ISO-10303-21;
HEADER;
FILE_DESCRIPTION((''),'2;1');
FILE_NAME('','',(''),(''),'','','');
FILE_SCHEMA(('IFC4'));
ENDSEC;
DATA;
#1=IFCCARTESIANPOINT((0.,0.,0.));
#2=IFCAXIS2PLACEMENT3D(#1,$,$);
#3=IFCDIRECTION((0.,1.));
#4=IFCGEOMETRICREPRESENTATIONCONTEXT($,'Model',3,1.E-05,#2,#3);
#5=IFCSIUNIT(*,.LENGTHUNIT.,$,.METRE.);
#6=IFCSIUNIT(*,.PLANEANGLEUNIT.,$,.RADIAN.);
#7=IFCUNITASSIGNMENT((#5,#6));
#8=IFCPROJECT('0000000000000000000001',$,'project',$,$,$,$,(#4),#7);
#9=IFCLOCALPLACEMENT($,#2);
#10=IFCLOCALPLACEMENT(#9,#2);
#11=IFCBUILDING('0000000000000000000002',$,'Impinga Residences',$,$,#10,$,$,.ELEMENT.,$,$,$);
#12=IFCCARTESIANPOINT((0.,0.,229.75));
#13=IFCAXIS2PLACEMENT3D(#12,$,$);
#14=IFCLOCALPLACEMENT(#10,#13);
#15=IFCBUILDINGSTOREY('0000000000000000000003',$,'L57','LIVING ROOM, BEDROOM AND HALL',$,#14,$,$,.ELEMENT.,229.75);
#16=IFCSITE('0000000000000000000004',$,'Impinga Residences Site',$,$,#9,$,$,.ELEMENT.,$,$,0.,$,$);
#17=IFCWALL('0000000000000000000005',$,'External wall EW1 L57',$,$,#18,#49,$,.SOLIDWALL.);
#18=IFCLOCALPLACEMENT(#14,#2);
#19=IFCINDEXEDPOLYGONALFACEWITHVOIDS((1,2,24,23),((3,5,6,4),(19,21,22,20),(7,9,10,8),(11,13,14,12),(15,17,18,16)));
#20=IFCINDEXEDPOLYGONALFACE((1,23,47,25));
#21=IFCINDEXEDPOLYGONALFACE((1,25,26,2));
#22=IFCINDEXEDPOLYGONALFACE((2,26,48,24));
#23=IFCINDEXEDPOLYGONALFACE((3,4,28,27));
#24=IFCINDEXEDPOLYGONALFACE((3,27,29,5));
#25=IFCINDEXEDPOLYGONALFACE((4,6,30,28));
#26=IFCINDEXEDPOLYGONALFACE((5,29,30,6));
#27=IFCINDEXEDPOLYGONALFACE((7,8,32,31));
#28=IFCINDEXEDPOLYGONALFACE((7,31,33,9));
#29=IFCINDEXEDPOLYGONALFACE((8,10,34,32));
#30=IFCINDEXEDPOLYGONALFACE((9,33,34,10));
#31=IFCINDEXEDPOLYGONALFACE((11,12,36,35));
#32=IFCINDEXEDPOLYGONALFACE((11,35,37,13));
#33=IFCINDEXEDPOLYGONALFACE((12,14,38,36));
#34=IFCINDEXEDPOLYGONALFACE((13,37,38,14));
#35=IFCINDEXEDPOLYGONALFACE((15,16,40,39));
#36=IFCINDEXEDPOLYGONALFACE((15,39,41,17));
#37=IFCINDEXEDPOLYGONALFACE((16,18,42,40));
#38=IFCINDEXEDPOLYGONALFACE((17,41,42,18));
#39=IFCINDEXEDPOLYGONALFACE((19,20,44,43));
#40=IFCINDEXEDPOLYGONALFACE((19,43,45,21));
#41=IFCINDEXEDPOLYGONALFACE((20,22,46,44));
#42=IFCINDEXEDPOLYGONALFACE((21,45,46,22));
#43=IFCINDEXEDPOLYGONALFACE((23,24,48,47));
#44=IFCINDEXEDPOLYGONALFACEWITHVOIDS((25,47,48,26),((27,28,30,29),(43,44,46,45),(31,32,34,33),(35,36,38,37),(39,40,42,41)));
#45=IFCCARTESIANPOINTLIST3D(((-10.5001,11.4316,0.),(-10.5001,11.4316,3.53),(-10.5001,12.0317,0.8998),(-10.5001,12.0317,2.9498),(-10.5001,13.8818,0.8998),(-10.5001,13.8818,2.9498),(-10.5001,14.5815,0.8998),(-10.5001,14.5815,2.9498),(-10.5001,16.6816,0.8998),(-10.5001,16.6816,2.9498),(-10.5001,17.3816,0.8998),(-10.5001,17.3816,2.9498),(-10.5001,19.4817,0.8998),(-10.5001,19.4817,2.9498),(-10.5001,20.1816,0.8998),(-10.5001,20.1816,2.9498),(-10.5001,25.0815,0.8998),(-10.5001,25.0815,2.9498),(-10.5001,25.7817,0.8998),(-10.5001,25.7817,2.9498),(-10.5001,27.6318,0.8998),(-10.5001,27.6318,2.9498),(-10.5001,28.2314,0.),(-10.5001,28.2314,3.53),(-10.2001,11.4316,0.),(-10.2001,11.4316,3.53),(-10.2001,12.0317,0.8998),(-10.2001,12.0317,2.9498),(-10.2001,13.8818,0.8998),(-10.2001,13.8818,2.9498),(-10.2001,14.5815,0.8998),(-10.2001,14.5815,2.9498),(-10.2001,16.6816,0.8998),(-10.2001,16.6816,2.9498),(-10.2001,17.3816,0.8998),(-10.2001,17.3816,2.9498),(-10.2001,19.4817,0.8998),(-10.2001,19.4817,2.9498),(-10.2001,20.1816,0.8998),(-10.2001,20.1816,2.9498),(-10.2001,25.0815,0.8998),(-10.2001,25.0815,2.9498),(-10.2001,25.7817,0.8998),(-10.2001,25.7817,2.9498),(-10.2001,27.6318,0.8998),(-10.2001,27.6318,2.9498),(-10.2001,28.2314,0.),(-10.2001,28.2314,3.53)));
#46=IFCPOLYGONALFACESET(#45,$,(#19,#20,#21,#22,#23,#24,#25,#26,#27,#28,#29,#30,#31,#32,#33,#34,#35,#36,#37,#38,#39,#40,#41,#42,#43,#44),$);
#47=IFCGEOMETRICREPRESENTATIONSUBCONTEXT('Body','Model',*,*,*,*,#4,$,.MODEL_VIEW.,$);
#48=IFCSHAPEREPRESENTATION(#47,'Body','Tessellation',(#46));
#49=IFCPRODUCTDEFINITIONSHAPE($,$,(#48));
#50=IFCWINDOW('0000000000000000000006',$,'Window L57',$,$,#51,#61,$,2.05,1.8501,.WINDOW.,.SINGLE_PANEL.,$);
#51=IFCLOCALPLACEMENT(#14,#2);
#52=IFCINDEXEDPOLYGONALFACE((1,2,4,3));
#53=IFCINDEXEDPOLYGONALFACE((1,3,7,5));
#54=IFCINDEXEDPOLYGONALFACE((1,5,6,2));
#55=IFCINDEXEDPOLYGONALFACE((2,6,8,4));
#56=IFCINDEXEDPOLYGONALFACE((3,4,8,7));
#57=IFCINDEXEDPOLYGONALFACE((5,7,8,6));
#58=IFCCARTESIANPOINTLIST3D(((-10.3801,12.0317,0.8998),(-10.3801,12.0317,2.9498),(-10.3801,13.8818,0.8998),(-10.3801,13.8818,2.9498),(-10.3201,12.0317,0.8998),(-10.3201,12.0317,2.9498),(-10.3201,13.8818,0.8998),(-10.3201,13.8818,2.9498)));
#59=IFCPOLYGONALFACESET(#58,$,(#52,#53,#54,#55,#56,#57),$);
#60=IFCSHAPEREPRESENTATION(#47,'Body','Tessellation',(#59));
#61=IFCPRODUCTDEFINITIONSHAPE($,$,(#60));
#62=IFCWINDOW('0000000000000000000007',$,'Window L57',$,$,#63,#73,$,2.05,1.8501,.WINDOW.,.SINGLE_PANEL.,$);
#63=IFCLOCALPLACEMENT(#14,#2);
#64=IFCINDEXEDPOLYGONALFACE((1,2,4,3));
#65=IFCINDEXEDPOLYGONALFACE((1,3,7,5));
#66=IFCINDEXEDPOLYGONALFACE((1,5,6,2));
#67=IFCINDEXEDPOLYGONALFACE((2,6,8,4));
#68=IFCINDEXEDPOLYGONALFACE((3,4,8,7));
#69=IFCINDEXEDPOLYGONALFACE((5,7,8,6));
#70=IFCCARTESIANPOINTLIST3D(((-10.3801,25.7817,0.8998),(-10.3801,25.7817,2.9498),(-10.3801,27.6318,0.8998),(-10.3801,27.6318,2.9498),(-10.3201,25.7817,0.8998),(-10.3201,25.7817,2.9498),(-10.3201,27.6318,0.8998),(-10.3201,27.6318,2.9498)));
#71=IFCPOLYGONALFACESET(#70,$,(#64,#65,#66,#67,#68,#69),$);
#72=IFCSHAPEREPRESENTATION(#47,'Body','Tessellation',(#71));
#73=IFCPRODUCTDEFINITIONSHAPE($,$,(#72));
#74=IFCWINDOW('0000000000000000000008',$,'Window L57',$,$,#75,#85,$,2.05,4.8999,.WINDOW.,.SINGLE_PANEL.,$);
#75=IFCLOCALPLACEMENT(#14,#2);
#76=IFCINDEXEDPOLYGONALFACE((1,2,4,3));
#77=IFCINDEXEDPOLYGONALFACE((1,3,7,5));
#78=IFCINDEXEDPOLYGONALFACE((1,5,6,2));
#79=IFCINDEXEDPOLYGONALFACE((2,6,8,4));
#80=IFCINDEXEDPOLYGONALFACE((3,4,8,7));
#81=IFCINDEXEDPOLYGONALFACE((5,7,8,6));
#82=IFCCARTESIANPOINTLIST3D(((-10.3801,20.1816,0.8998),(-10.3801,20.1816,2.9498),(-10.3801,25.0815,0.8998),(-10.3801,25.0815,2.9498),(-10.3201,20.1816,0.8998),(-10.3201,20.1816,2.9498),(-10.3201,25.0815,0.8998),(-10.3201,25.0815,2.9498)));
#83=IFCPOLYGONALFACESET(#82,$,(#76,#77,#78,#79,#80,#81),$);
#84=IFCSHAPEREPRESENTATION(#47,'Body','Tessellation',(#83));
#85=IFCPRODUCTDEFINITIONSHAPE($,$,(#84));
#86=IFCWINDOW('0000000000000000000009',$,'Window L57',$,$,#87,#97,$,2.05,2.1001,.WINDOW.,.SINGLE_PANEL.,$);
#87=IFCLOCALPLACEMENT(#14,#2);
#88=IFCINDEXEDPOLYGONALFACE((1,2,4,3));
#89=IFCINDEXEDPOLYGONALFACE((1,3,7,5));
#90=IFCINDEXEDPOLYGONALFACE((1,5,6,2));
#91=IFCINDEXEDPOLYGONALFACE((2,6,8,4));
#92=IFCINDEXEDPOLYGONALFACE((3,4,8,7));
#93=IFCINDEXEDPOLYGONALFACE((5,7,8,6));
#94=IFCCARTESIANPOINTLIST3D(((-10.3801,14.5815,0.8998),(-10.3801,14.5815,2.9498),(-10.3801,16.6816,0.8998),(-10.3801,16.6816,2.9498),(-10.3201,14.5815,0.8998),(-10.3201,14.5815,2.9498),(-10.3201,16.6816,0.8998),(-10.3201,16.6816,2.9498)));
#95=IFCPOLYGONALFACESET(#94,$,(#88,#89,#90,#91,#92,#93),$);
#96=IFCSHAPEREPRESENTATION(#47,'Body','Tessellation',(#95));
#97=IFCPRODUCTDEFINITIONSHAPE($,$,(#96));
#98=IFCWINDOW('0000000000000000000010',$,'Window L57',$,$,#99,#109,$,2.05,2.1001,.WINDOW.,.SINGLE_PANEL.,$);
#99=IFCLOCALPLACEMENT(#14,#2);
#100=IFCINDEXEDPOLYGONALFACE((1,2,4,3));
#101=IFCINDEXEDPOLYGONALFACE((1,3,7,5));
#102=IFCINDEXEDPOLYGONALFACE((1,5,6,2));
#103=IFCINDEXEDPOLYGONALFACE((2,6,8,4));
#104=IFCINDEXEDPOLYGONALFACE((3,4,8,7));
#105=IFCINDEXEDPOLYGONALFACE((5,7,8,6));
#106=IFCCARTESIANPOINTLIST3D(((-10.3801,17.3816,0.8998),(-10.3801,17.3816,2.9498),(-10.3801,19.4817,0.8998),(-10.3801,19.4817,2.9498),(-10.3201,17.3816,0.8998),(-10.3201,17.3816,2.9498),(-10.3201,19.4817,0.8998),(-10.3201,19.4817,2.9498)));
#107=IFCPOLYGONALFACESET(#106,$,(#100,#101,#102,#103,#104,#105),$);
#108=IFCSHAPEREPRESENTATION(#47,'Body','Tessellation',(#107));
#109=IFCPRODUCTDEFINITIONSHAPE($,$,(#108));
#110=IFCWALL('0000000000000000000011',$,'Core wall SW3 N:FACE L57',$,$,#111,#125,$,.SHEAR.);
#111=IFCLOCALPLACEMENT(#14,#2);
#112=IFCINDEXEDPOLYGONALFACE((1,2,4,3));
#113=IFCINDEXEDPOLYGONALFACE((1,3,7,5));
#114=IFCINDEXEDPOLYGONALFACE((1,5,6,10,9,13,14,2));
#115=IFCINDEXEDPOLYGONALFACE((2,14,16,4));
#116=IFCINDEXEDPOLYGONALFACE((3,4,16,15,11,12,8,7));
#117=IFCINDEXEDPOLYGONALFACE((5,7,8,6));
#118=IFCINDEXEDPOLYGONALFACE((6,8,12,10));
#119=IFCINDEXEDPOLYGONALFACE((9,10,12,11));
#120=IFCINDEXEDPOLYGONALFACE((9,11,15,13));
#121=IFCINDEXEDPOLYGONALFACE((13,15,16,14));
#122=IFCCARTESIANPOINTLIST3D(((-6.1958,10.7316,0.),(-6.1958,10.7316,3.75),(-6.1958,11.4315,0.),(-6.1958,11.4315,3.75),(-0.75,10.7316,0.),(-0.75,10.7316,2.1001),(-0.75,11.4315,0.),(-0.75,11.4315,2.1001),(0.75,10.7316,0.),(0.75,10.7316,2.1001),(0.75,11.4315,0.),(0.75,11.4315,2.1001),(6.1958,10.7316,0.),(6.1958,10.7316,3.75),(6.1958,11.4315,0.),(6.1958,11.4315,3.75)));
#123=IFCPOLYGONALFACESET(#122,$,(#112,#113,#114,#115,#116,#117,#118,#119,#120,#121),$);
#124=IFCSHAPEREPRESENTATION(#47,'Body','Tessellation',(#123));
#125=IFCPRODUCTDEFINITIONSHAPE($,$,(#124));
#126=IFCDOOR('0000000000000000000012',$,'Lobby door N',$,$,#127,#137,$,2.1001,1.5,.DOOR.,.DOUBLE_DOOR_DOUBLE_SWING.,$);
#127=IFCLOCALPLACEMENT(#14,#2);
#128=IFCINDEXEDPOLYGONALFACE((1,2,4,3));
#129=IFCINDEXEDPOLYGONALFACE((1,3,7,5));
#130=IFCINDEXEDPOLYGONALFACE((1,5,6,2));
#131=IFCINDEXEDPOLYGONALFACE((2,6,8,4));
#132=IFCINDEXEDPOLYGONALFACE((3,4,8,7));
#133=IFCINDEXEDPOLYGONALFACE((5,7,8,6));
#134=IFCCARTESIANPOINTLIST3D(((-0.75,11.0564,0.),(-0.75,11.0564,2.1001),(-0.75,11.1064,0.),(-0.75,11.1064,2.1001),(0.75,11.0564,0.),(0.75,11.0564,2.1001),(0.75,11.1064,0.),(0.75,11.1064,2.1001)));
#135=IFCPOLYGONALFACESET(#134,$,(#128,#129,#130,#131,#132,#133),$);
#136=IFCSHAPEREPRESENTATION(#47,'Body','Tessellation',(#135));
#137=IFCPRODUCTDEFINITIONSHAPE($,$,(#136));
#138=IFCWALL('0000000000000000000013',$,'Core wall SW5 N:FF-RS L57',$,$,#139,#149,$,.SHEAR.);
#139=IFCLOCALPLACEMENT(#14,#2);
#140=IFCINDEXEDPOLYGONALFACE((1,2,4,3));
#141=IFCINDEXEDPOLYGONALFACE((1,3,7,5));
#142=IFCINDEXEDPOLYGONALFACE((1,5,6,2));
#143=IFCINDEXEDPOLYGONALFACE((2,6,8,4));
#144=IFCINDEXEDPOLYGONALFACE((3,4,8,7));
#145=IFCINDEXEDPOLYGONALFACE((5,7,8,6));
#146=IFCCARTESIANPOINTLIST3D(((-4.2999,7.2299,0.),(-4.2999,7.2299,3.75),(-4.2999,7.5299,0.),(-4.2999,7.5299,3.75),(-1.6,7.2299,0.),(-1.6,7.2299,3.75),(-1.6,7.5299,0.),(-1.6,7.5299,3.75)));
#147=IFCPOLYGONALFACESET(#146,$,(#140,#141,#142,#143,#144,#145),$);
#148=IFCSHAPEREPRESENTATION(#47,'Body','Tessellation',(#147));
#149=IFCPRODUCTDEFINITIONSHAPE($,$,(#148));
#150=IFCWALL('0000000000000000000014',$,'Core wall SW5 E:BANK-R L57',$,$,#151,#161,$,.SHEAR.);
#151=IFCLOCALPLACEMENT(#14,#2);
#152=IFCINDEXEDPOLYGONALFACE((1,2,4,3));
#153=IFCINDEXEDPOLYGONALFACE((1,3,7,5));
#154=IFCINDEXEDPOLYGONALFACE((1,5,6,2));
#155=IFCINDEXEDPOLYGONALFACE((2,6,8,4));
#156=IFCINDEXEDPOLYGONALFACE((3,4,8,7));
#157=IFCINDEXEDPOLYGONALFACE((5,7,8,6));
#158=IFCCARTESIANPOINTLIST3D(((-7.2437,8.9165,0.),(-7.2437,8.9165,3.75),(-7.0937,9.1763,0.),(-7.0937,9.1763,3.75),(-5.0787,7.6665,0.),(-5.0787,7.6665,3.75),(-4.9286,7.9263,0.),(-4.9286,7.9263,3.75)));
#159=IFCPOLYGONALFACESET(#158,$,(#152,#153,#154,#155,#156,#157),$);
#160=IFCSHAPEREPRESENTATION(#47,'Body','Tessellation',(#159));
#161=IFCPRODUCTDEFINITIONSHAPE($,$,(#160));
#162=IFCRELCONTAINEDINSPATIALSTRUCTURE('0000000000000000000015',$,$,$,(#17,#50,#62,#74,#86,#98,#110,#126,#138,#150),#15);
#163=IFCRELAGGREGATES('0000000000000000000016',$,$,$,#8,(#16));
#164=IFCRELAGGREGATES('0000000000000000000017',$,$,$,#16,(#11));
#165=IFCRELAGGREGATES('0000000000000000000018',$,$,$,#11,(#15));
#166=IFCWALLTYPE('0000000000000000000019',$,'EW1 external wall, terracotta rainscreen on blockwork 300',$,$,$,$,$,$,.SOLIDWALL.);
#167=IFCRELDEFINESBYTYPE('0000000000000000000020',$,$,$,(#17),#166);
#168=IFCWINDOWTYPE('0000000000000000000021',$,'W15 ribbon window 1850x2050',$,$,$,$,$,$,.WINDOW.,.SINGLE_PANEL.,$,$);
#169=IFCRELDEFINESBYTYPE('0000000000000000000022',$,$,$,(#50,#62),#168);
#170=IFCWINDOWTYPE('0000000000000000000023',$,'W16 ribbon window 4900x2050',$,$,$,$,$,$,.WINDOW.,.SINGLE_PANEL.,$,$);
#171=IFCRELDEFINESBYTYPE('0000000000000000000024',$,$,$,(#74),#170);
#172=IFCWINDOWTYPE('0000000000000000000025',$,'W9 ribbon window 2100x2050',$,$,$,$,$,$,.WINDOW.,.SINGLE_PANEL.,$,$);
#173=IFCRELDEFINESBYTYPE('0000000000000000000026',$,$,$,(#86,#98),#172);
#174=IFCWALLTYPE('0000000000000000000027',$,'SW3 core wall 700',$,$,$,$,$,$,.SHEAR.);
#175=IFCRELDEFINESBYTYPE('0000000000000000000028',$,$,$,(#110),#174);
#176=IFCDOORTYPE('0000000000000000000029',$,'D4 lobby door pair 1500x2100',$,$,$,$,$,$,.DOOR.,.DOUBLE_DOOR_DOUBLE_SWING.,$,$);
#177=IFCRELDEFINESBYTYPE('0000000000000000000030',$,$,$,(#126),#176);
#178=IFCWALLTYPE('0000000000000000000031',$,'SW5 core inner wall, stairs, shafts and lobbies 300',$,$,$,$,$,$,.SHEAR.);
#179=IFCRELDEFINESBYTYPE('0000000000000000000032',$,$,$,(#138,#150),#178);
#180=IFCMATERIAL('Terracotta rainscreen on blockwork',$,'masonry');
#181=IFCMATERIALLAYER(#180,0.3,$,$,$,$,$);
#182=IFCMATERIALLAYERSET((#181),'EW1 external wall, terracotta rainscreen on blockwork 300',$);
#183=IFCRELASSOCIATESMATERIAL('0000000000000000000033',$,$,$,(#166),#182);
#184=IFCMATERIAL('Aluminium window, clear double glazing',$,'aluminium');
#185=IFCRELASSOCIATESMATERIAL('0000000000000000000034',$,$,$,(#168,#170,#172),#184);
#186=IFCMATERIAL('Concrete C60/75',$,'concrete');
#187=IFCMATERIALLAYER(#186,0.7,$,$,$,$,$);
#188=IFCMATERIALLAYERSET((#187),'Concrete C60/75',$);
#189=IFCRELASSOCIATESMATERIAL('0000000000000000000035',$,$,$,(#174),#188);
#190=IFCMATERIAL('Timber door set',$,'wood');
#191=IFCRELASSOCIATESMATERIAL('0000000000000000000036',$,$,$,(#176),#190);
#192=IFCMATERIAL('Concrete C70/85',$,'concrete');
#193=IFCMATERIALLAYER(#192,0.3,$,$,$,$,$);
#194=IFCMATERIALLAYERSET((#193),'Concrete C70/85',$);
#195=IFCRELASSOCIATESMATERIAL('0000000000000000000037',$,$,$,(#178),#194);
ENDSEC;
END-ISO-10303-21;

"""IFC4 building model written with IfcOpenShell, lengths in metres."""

from ifc_helpers import new_model, si_unit, direction, frame, frame_2d, origin, place, context, subcontext, project, spatial, rectangle, extrude, material, layer, layer_set, type_object, element, fill, save


model = new_model("IFC4")

# Units and contexts
model_context = context("Model", 3, precision=1e-05, world=origin(), true_north=direction((0.0, 1.0)))
body_context = subcontext(model_context, "Body", "Model", "MODEL_VIEW")
ifc_project = project(units=[si_unit("LENGTHUNIT", "METRE"), si_unit("PLANEANGLEUNIT", "RADIAN")], contexts=[model_context])

# Site, building, storey
site_placement = place(None, origin())
site = spatial("IfcSite", under=ifc_project, at=site_placement, Name="Impinga Residences Site", CompositionType="ELEMENT", RefElevation=0.0)
building_placement = place(site_placement, origin())
building = spatial("IfcBuilding", under=site, at=building_placement, Name="Impinga Residences", CompositionType="ELEMENT")
storey_placement = place(building_placement, frame((0.0, 0.0, 229.75)))
storey = spatial("IfcBuildingStorey", under=building, at=storey_placement, Name="L57", Description="LIVING ROOM, BEDROOM AND HALL", CompositionType="ELEMENT", Elevation=229.75)

# Shared definitions
ifc_material_1 = material(Name="Concrete C60/75", Category="concrete")

# Shared definitions
ifc_material_2 = material(Name="Timber door set", Category="wood")

# Wall, openings, windows
ifc_material_3 = material(Name="Terracotta rainscreen on blockwork", Category="masonry")
ifc_layer_1 = layer(ifc_material_3, 0.3)
ifc_layer_set_1 = layer_set([ifc_layer_1], Name="EW1 external wall, terracotta rainscreen on blockwork 300")
wall_type_1 = type_object("IfcWallType", Name="EW1 external wall, terracotta rainscreen on blockwork 300", PredefinedType="SOLIDWALL", material=ifc_layer_set_1)
wall_1_placement = place(storey_placement, frame((-10.3501, 11.4316, 0.0), z_axis=(0.0, 0.0, 1.0), x_axis=(0.0, 1.0, 0.0)))
wall_1 = element("IfcWall", 1, at=wall_1_placement, inside=storey, type_object=wall_type_1, Name="External wall EW1 L57", PredefinedType="SOLIDWALL", context=body_context, shape_type="SweptSolid", body=[
    extrude(rectangle(XDim=16.7998, YDim=0.3, at=frame_2d((8.3999, 0.0))), origin(), (0.0, 0.0, 1.0), 3.53),
])
opening_1_placement = place(wall_1_placement, frame((0.6001, 0.0, 0.8999)))
opening_1 = element("IfcOpeningElement", 2, at=opening_1_placement, cuts=wall_1, PredefinedType="OPENING", context=body_context, shape_type="SweptSolid", body=[
    extrude(rectangle(XDim=1.8501, YDim=2.05, at=frame_2d((0.925, 1.0249))), frame((0.0, 0.1599, 0.0), z_axis=(0.0, -1.0, 0.0), x_axis=(1.0, 0.0, 0.0)), (0.0, 0.0, 1.0), 0.3201),
])
opening_2_placement = place(wall_1_placement, frame((3.1499, 0.0, 0.8999)))
opening_2 = element("IfcOpeningElement", 3, at=opening_2_placement, cuts=wall_1, PredefinedType="OPENING", context=body_context, shape_type="SweptSolid", body=[
    extrude(rectangle(XDim=2.1001, YDim=2.05, at=frame_2d((1.05, 1.0249))), frame((0.0, 0.1599, 0.0), z_axis=(0.0, -1.0, 0.0), x_axis=(1.0, 0.0, 0.0)), (0.0, 0.0, 1.0), 0.3201),
])
opening_3_placement = place(wall_1_placement, frame((5.95, 0.0, 0.8999)))
opening_3 = element("IfcOpeningElement", 4, at=opening_3_placement, cuts=wall_1, PredefinedType="OPENING", context=body_context, shape_type="SweptSolid", body=[
    extrude(rectangle(XDim=2.1001, YDim=2.05, at=frame_2d((1.05, 1.0249))), frame((0.0, 0.1599, 0.0), z_axis=(0.0, -1.0, 0.0), x_axis=(1.0, 0.0, 0.0)), (0.0, 0.0, 1.0), 0.3201),
])
opening_4_placement = place(wall_1_placement, frame((8.75, 0.0, 0.8999)))
opening_4 = element("IfcOpeningElement", 5, at=opening_4_placement, cuts=wall_1, PredefinedType="OPENING", context=body_context, shape_type="SweptSolid", body=[
    extrude(rectangle(XDim=4.8999, YDim=2.05, at=frame_2d((2.45, 1.0249))), frame((0.0, 0.1599, 0.0), z_axis=(0.0, -1.0, 0.0), x_axis=(1.0, 0.0, 0.0)), (0.0, 0.0, 1.0), 0.3201),
])
opening_5_placement = place(wall_1_placement, frame((14.3501, 0.0, 0.8999)))
opening_5 = element("IfcOpeningElement", 6, at=opening_5_placement, cuts=wall_1, PredefinedType="OPENING", context=body_context, shape_type="SweptSolid", body=[
    extrude(rectangle(XDim=1.8501, YDim=2.05, at=frame_2d((0.925, 1.0249))), frame((0.0, 0.1599, 0.0), z_axis=(0.0, -1.0, 0.0), x_axis=(1.0, 0.0, 0.0)), (0.0, 0.0, 1.0), 0.3201),
])
ifc_material_4 = material(Name="Aluminium window, clear double glazing", Category="aluminium")
window_type_1 = type_object("IfcWindowType", Name="W15 ribbon window 1850x2050", PartitioningType="SINGLE_PANEL", PredefinedType="WINDOW", material=ifc_material_4)
window_1_placement = place(opening_1_placement, origin())
window_1 = element("IfcWindow", 7, at=window_1_placement, inside=storey, type_object=window_type_1, Name="Window L57", OverallHeight=2.05, OverallWidth=1.8501, PartitioningType="SINGLE_PANEL", PredefinedType="WINDOW", context=body_context, shape_type="SweptSolid", body=[
    extrude(rectangle(XDim=1.8501, YDim=2.05, at=frame_2d((0.925, 1.0249))), frame((0.0, 0.03, 0.0), z_axis=(0.0, -1.0, 0.0), x_axis=(1.0, 0.0, 0.0)), (0.0, 0.0, 1.0), 0.0601),
])
fill(opening_1, window_1)
window_2_placement = place(opening_5_placement, origin())
window_2 = element("IfcWindow", 8, at=window_2_placement, inside=storey, type_object=window_type_1, Name="Window L57", OverallHeight=2.05, OverallWidth=1.8501, PartitioningType="SINGLE_PANEL", PredefinedType="WINDOW", context=body_context, shape_type="SweptSolid", body=[
    extrude(rectangle(XDim=1.8501, YDim=2.05, at=frame_2d((0.925, 1.0249))), frame((0.0, 0.03, 0.0), z_axis=(0.0, -1.0, 0.0), x_axis=(1.0, 0.0, 0.0)), (0.0, 0.0, 1.0), 0.0601),
])
fill(opening_5, window_2)
window_type_2 = type_object("IfcWindowType", Name="W16 ribbon window 4900x2050", PartitioningType="SINGLE_PANEL", PredefinedType="WINDOW", material=ifc_material_4)
window_3_placement = place(opening_4_placement, origin())
window_3 = element("IfcWindow", 9, at=window_3_placement, inside=storey, type_object=window_type_2, Name="Window L57", OverallHeight=2.05, OverallWidth=4.8999, PartitioningType="SINGLE_PANEL", PredefinedType="WINDOW", context=body_context, shape_type="SweptSolid", body=[
    extrude(rectangle(XDim=4.8999, YDim=2.05, at=frame_2d((2.45, 1.0249))), frame((0.0, 0.03, 0.0), z_axis=(0.0, -1.0, 0.0), x_axis=(1.0, 0.0, 0.0)), (0.0, 0.0, 1.0), 0.0601),
])
fill(opening_4, window_3)
window_type_3 = type_object("IfcWindowType", Name="W9 ribbon window 2100x2050", PartitioningType="SINGLE_PANEL", PredefinedType="WINDOW", material=ifc_material_4)
window_4_placement = place(opening_2_placement, origin())
window_4 = element("IfcWindow", 10, at=window_4_placement, inside=storey, type_object=window_type_3, Name="Window L57", OverallHeight=2.05, OverallWidth=2.1001, PartitioningType="SINGLE_PANEL", PredefinedType="WINDOW", context=body_context, shape_type="SweptSolid", body=[
    extrude(rectangle(XDim=2.1001, YDim=2.05, at=frame_2d((1.05, 1.0249))), frame((0.0, 0.03, 0.0), z_axis=(0.0, -1.0, 0.0), x_axis=(1.0, 0.0, 0.0)), (0.0, 0.0, 1.0), 0.0601),
])
fill(opening_2, window_4)
window_5_placement = place(opening_3_placement, origin())
window_5 = element("IfcWindow", 11, at=window_5_placement, inside=storey, type_object=window_type_3, Name="Window L57", OverallHeight=2.05, OverallWidth=2.1001, PartitioningType="SINGLE_PANEL", PredefinedType="WINDOW", context=body_context, shape_type="SweptSolid", body=[
    extrude(rectangle(XDim=2.1001, YDim=2.05, at=frame_2d((1.05, 1.0249))), frame((0.0, 0.03, 0.0), z_axis=(0.0, -1.0, 0.0), x_axis=(1.0, 0.0, 0.0)), (0.0, 0.0, 1.0), 0.0601),
])
fill(opening_3, window_5)

# Wall, opening, door
ifc_layer_2 = layer(ifc_material_1, 0.7)
ifc_layer_set_2 = layer_set([ifc_layer_2], Name="Concrete C60/75")
wall_type_2 = type_object("IfcWallType", Name="SW3 core wall 700", PredefinedType="SHEAR", material=ifc_layer_set_2)
wall_2_placement = place(storey_placement, frame((-6.1958, 11.0815, 0.0), z_axis=(0.0, 0.0, 1.0), x_axis=(1.0, 0.0, 0.0)))
wall_2 = element("IfcWall", 12, at=wall_2_placement, inside=storey, type_object=wall_type_2, Name="Core wall SW3 N:FACE L57", PredefinedType="SHEAR", context=body_context, shape_type="SweptSolid", body=[
    extrude(rectangle(XDim=12.3916, YDim=0.7, at=frame_2d((6.1958, 0.0))), origin(), (0.0, 0.0, 1.0), 3.75),
])
opening_6_placement = place(wall_2_placement, frame((5.4458, 0.0, 0.0)))
opening_6 = element("IfcOpeningElement", 13, at=opening_6_placement, cuts=wall_2, PredefinedType="OPENING", context=body_context, shape_type="SweptSolid", body=[
    extrude(rectangle(XDim=1.5, YDim=2.1001, at=frame_2d((0.75, 1.05))), frame((0.0, 0.3599, 0.0), z_axis=(0.0, -1.0, 0.0), x_axis=(1.0, 0.0, 0.0)), (0.0, 0.0, 1.0), 0.72),
])
door_type_1 = type_object("IfcDoorType", Name="D4 lobby door pair 1500x2100", OperationType="DOUBLE_DOOR_DOUBLE_SWING", PredefinedType="DOOR", material=ifc_material_2)
door_1_placement = place(opening_6_placement, origin())
door_1 = element("IfcDoor", 14, at=door_1_placement, inside=storey, type_object=door_type_1, Name="Lobby door N", OperationType="DOUBLE_DOOR_DOUBLE_SWING", OverallHeight=2.1001, OverallWidth=1.5, PredefinedType="DOOR", context=body_context, shape_type="SweptSolid", body=[
    extrude(rectangle(XDim=1.5, YDim=2.1001, at=frame_2d((0.75, 1.05))), frame((0.0, 0.0249, 0.0), z_axis=(0.0, -1.0, 0.0), x_axis=(1.0, 0.0, 0.0)), (0.0, 0.0, 1.0), 0.05),
])
fill(opening_6, door_1)

# Walls
ifc_material_5 = material(Name="Concrete C70/85", Category="concrete")
ifc_layer_3 = layer(ifc_material_5, 0.3)
ifc_layer_set_3 = layer_set([ifc_layer_3], Name="Concrete C70/85")
wall_type_3 = type_object("IfcWallType", Name="SW5 core inner wall, stairs, shafts and lobbies 300", PredefinedType="SHEAR", material=ifc_layer_set_3)
wall_3_placement = place(storey_placement, frame((-4.3, 7.3799, 0.0), z_axis=(0.0, 0.0, 1.0), x_axis=(1.0, 0.0, 0.0)))
element("IfcWall", 15, at=wall_3_placement, inside=storey, type_object=wall_type_3, Name="Core wall SW5 N:FF-RS L57", PredefinedType="SHEAR", context=body_context, shape_type="SweptSolid", body=[
    extrude(rectangle(XDim=2.7, YDim=0.3, at=frame_2d((1.3501, 0.0))), origin(), (0.0, 0.0, 1.0), 3.75),
])
wall_4_placement = place(storey_placement, frame((-5.0037, 7.7964, 0.0), z_axis=(0.0, 0.0, 1.0), x_axis=(-0.866023, 0.500004, 0.0)))
element("IfcWall", 16, at=wall_4_placement, inside=storey, type_object=wall_type_3, Name="Core wall SW5 E:BANK-R L57", PredefinedType="SHEAR", context=body_context, shape_type="SweptSolid", body=[
    extrude(rectangle(XDim=2.5, YDim=0.3, at=frame_2d((1.25, 0.0))), origin(), (0.0, 0.0, 1.0), 3.75),
])

save(model, "model.ifc")
